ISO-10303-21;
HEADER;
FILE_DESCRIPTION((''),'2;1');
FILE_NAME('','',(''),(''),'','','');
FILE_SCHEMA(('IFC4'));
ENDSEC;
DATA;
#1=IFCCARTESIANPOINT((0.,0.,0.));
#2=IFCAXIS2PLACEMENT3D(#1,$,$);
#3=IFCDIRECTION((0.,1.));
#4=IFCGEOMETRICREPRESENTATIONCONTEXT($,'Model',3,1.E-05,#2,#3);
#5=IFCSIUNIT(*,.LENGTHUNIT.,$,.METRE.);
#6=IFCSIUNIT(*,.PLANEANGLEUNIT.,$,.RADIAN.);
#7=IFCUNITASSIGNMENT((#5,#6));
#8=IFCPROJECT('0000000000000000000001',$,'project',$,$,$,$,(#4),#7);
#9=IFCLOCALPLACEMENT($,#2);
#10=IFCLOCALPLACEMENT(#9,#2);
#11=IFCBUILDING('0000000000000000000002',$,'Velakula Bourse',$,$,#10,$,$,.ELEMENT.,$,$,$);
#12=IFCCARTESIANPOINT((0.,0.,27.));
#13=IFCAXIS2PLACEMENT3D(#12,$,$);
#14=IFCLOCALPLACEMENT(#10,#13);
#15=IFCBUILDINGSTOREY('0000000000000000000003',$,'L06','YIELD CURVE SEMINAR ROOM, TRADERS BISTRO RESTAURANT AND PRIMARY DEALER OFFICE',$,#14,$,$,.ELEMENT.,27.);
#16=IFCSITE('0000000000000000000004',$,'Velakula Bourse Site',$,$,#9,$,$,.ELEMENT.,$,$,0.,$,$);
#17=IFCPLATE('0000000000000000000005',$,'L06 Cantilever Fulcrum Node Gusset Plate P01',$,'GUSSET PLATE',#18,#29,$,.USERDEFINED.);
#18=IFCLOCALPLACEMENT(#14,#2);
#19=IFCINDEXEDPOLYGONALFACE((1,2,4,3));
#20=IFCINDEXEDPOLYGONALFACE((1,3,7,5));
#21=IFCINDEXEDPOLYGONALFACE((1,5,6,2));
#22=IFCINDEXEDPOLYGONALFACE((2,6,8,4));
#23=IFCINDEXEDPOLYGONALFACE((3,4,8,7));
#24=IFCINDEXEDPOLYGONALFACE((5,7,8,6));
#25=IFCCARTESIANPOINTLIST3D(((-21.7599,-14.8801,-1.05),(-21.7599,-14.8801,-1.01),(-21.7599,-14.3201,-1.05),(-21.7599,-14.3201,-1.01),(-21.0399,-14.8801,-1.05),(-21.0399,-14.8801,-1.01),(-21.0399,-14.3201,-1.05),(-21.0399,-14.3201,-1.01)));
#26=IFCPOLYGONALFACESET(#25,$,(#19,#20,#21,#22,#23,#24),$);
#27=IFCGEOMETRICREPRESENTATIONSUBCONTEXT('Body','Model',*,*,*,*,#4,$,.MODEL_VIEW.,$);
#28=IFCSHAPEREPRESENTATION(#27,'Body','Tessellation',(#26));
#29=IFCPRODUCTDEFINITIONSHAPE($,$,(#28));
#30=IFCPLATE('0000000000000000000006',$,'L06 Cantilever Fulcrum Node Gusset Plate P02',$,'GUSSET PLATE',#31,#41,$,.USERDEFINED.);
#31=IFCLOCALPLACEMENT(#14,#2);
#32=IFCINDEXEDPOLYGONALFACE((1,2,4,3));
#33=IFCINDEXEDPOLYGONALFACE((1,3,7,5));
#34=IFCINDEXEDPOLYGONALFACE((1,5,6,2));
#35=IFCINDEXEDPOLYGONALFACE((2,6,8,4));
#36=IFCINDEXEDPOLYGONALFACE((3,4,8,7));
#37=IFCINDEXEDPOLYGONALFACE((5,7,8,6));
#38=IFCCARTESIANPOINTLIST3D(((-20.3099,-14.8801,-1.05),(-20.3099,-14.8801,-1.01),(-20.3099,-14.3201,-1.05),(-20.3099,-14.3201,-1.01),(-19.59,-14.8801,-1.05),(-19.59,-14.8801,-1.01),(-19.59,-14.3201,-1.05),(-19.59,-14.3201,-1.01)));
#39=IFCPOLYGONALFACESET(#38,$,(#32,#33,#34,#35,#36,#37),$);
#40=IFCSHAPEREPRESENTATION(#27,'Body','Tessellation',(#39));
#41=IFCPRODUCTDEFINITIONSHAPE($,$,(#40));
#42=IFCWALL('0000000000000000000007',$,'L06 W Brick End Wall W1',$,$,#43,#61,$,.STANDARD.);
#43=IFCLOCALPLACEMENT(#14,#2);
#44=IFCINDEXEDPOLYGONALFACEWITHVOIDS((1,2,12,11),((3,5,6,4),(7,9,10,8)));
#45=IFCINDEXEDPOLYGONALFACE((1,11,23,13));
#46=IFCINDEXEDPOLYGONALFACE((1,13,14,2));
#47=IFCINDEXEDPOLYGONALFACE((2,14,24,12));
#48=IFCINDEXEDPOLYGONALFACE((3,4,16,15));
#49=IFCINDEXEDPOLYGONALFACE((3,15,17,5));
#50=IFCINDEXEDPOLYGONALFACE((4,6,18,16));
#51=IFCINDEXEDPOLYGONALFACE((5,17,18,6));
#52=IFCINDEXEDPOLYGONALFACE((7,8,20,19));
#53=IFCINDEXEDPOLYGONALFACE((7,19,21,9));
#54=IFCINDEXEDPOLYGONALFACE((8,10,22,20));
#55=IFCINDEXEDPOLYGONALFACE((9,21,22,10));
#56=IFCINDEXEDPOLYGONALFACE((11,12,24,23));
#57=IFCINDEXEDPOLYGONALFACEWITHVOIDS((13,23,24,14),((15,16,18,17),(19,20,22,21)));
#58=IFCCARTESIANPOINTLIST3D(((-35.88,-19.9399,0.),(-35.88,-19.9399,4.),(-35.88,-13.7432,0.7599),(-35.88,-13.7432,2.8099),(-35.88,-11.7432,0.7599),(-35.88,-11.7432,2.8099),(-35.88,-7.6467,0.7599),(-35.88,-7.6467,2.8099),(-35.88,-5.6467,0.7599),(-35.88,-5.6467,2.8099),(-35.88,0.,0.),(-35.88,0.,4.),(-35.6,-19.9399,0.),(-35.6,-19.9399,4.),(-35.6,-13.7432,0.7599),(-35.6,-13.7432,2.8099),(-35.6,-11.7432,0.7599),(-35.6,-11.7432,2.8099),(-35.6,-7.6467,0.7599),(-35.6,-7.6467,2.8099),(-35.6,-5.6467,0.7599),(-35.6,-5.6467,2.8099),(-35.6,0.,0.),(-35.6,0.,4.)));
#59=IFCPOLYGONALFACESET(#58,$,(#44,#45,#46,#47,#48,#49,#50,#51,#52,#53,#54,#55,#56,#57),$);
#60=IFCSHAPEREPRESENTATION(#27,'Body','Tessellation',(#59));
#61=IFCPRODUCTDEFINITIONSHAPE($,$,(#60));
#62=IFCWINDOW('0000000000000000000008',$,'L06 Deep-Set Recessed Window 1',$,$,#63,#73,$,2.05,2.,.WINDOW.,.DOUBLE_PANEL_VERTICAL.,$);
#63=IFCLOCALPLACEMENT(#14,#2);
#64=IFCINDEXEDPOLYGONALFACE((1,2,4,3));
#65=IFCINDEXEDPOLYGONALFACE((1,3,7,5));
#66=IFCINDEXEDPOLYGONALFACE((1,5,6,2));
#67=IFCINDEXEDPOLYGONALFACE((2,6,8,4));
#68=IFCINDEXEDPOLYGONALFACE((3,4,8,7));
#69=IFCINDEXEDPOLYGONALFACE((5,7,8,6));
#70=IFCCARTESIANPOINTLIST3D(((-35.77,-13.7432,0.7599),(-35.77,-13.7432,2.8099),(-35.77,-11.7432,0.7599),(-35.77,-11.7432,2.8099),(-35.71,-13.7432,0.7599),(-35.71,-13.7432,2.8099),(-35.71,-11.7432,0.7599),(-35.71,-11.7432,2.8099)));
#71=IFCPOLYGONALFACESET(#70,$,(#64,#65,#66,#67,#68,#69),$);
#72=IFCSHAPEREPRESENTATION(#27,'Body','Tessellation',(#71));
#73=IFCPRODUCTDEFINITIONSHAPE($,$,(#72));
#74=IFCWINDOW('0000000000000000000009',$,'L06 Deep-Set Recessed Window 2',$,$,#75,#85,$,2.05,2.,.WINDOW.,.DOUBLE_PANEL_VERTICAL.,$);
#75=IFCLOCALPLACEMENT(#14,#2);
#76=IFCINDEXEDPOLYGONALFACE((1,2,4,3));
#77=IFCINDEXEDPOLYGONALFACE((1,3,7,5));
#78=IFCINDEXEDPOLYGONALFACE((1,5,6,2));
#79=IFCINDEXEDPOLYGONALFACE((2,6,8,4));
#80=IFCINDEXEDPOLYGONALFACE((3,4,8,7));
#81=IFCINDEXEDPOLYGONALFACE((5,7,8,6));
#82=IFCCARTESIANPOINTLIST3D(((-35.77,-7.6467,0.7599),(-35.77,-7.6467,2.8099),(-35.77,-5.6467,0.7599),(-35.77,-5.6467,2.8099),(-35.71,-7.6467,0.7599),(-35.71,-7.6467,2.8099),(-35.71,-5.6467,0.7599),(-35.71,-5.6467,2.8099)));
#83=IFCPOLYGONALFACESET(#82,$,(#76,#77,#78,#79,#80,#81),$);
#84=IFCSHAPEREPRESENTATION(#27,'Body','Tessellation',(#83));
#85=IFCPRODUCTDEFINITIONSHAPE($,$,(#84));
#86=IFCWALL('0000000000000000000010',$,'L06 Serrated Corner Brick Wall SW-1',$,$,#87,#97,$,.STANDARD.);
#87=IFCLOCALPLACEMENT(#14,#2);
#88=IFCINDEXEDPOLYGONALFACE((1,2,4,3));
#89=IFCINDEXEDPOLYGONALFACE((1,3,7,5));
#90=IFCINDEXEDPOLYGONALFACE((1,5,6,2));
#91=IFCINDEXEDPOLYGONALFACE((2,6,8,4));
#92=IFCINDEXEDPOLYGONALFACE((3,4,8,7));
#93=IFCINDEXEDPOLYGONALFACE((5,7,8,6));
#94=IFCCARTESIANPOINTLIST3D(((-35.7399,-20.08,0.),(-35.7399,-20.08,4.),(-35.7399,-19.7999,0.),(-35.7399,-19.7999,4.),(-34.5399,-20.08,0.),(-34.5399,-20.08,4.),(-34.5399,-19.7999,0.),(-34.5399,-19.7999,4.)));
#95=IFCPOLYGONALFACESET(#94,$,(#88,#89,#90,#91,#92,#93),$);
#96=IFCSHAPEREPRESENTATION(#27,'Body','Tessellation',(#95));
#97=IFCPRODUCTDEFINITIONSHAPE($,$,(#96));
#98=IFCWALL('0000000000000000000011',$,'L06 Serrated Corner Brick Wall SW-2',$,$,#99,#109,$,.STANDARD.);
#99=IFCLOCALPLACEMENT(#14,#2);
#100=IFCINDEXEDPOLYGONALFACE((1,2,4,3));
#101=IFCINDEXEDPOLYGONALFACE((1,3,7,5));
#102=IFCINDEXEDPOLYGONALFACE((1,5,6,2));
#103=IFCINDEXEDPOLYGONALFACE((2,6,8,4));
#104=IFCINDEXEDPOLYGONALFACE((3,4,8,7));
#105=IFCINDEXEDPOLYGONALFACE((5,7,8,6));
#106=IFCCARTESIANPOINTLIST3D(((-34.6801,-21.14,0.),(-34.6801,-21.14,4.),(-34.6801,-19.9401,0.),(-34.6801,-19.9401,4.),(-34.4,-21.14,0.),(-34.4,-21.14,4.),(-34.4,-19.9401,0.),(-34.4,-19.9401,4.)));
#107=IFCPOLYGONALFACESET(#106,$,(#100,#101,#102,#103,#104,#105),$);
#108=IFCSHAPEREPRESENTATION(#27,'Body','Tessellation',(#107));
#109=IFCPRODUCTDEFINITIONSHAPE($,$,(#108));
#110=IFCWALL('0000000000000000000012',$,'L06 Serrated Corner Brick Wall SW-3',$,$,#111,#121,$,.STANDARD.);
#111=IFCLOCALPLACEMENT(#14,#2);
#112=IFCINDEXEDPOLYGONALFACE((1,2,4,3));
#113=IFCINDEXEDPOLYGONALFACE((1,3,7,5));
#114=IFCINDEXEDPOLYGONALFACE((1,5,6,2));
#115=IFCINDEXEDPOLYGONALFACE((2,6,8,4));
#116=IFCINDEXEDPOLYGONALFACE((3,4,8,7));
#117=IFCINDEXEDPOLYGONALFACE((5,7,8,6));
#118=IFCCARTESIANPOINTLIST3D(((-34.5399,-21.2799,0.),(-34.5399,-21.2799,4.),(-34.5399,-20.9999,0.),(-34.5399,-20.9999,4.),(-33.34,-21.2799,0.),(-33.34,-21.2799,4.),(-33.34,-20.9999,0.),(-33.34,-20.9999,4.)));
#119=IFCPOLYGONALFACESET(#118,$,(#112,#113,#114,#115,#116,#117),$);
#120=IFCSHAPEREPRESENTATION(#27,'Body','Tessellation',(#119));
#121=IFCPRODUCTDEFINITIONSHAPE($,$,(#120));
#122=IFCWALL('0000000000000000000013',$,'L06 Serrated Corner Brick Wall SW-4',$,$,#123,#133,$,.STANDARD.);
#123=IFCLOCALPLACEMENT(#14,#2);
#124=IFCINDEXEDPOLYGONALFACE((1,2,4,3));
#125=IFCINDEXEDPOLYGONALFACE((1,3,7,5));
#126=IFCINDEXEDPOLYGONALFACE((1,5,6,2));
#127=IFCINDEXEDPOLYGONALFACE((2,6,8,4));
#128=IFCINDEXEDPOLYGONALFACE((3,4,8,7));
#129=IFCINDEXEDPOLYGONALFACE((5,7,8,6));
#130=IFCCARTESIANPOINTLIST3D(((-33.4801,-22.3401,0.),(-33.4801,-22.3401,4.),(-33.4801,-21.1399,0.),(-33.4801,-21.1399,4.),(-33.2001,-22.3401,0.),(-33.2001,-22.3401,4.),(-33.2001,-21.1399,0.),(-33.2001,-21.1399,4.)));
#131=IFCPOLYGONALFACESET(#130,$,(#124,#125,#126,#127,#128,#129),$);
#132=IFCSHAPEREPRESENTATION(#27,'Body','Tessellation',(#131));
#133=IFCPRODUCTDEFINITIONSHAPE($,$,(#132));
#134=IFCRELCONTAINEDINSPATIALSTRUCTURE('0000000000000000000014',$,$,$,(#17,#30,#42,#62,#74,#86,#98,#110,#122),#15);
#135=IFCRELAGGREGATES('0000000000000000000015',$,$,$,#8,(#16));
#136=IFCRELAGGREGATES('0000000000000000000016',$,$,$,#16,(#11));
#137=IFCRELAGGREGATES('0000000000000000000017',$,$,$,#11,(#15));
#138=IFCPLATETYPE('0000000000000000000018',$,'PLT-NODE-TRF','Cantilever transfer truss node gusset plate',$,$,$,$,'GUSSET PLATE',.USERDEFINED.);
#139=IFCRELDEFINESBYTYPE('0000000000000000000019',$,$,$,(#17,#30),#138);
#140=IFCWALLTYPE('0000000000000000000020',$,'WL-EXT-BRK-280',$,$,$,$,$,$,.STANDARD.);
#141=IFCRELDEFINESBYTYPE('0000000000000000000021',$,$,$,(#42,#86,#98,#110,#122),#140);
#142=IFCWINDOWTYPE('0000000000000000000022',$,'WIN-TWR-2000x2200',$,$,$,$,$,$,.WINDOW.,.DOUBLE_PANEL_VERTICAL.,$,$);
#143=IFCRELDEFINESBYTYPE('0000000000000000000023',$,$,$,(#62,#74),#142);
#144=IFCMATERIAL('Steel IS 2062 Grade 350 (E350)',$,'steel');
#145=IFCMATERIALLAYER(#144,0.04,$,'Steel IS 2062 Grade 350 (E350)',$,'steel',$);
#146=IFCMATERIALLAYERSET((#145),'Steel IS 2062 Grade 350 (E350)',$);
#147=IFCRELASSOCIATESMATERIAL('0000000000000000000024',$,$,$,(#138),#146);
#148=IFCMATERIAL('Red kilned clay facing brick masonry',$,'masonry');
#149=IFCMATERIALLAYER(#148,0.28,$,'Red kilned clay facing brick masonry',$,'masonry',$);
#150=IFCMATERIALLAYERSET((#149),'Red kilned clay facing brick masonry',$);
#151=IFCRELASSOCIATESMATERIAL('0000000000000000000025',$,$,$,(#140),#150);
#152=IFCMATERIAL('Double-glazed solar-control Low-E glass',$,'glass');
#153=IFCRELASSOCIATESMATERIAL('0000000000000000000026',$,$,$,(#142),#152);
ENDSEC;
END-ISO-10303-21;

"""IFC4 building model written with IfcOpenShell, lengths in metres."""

from ifc_helpers import new_model, si_unit, direction, frame, frame_2d, origin, origin_2d, place, context, subcontext, project, spatial, rectangle, extrude, material, layer, layer_set, type_object, element, fill, save


model = new_model("IFC4")

# Units and contexts
model_context = context("Model", 3, precision=1e-05, world=origin(), true_north=direction((0.0, 1.0)))
body_context = subcontext(model_context, "Body", "Model", "MODEL_VIEW")
ifc_project = project(units=[si_unit("LENGTHUNIT", "METRE"), si_unit("PLANEANGLEUNIT", "RADIAN")], contexts=[model_context])

# Site, building, storey
site_placement = place(None, origin())
site = spatial("IfcSite", under=ifc_project, at=site_placement, Name="Velakula Bourse Site", CompositionType="ELEMENT", RefElevation=0.0)
building_placement = place(site_placement, origin())
building = spatial("IfcBuilding", under=site, at=building_placement, Name="Velakula Bourse", CompositionType="ELEMENT")
storey_placement = place(building_placement, frame((0.0, 0.0, 27.0)))
storey = spatial("IfcBuildingStorey", under=building, at=storey_placement, Name="L06", Description="YIELD CURVE SEMINAR ROOM, TRADERS BISTRO RESTAURANT AND PRIMARY DEALER OFFICE", CompositionType="ELEMENT", Elevation=27.0)

# Shared definitions
ifc_material_1 = material(Name="Steel IS 2062 Grade 350 (E350)", Category="steel")

# Plates
ifc_layer_1 = layer(ifc_material_1, 0.04, Name="Steel IS 2062 Grade 350 (E350)", Category="steel")
ifc_layer_set_1 = layer_set([ifc_layer_1], Name="Steel IS 2062 Grade 350 (E350)")
plate_type = type_object("IfcPlateType", Name="PLT-NODE-TRF", Description="Cantilever transfer truss node gusset plate", ElementType="GUSSET PLATE", PredefinedType="USERDEFINED", material=ifc_layer_set_1)
for number, where, z_axis, x_axis, name in (
    (1, (-21.3999, -14.6001, -1.05), (0.0, 0.0, 1.0), (0.0, 1.0, 0.0), "L06 Cantilever Fulcrum Node Gusset Plate P01"),
    (2, (-19.95, -14.6001, -1.05), (0.0, 0.0, 1.0), (0.0, 1.0, 0.0), "L06 Cantilever Fulcrum Node Gusset Plate P02"),
):
    element("IfcPlate", number, at=place(storey_placement, frame(where, z_axis=z_axis, x_axis=x_axis)), inside=storey, type_object=plate_type, Name=name, ObjectType="GUSSET PLATE", PredefinedType="USERDEFINED", context=body_context, shape_type="SweptSolid", body=[
        extrude(rectangle(XDim=0.5601, YDim=0.72, at=origin_2d()), origin(), (0.0, 0.0, 1.0), 0.04),
    ])

# Wall, openings, windows
ifc_material_2 = material(Name="Red kilned clay facing brick masonry", Category="masonry")
ifc_layer_2 = layer(ifc_material_2, 0.28, Name="Red kilned clay facing brick masonry", Category="masonry")
ifc_layer_set_2 = layer_set([ifc_layer_2], Name="Red kilned clay facing brick masonry")
wall_type = type_object("IfcWallType", Name="WL-EXT-BRK-280", PredefinedType="STANDARD", material=ifc_layer_set_2)
wall_1_placement = place(storey_placement, frame((-35.74, -19.9399, 0.0), z_axis=(0.0, 0.0, 1.0), x_axis=(0.0, 1.0, 0.0)))
wall_1 = element("IfcWall", 3, at=wall_1_placement, inside=storey, type_object=wall_type, Name="L06 W Brick End Wall W1", PredefinedType="STANDARD", context=body_context, shape_type="SweptSolid", body=[
    extrude(rectangle(XDim=19.9399, YDim=0.28, at=frame_2d((9.97, 0.0))), origin(), (0.0, 0.0, 1.0), 4.0),
])
opening_1_placement = place(wall_1_placement, frame((6.1968, 0.0, 0.76)))
opening_1 = element("IfcOpeningElement", 4, at=opening_1_placement, cuts=wall_1, PredefinedType="OPENING", context=body_context, shape_type="SweptSolid", body=[
    extrude(rectangle(XDim=2.0, YDim=2.05, at=frame_2d((1.0, 1.0249))), frame((0.0, 0.1499, 0.0), z_axis=(0.0, -1.0, 0.0), x_axis=(1.0, 0.0, 0.0)), (0.0, 0.0, 1.0), 0.3),
])
opening_2_placement = place(wall_1_placement, frame((12.2932, 0.0, 0.76)))
opening_2 = element("IfcOpeningElement", 5, at=opening_2_placement, cuts=wall_1, PredefinedType="OPENING", context=body_context, shape_type="SweptSolid", body=[
    extrude(rectangle(XDim=2.0, YDim=2.05, at=frame_2d((1.0, 1.0249))), frame((0.0, 0.1499, 0.0), z_axis=(0.0, -1.0, 0.0), x_axis=(1.0, 0.0, 0.0)), (0.0, 0.0, 1.0), 0.3),
])
ifc_material_3 = material(Name="Double-glazed solar-control Low-E glass", Category="glass")
window_type = type_object("IfcWindowType", Name="WIN-TWR-2000x2200", PartitioningType="DOUBLE_PANEL_VERTICAL", PredefinedType="WINDOW", material=ifc_material_3)
window_1_placement = place(opening_1_placement, origin())
window_1 = element("IfcWindow", 6, at=window_1_placement, inside=storey, type_object=window_type, Name="L06 Deep-Set Recessed Window 1", OverallHeight=2.05, OverallWidth=2.0, PartitioningType="DOUBLE_PANEL_VERTICAL", PredefinedType="WINDOW", context=body_context, shape_type="SweptSolid", body=[
    extrude(rectangle(XDim=2.0, YDim=2.05, at=frame_2d((1.0, 1.0249))), frame((0.0, 0.03, 0.0), z_axis=(0.0, -1.0, 0.0), x_axis=(1.0, 0.0, 0.0)), (0.0, 0.0, 1.0), 0.0601),
])
fill(opening_1, window_1)
window_2_placement = place(opening_2_placement, origin())
window_2 = element("IfcWindow", 7, at=window_2_placement, inside=storey, type_object=window_type, Name="L06 Deep-Set Recessed Window 2", OverallHeight=2.05, OverallWidth=2.0, PartitioningType="DOUBLE_PANEL_VERTICAL", PredefinedType="WINDOW", context=body_context, shape_type="SweptSolid", body=[
    extrude(rectangle(XDim=2.0, YDim=2.05, at=frame_2d((1.0, 1.0249))), frame((0.0, 0.03, 0.0), z_axis=(0.0, -1.0, 0.0), x_axis=(1.0, 0.0, 0.0)), (0.0, 0.0, 1.0), 0.0601),
])
fill(opening_2, window_2)

# Walls
for number, where, z_axis, x_axis, name in (
    (8, (-35.74, -19.9399, 0.0), (0.0, 0.0, 1.0), (1.0, 0.0, 0.0), "L06 Serrated Corner Brick Wall SW-1"),
    (9, (-34.54, -19.9399, 0.0), (0.0, 0.0, 1.0), (0.0, -1.0, 0.0), "L06 Serrated Corner Brick Wall SW-2"),
    (10, (-34.54, -21.1399, 0.0), (0.0, 0.0, 1.0), (1.0, 0.0, 0.0), "L06 Serrated Corner Brick Wall SW-3"),
):
    element("IfcWall", number, at=place(storey_placement, frame(where, z_axis=z_axis, x_axis=x_axis)), inside=storey, type_object=wall_type, Name=name, PredefinedType="STANDARD", context=body_context, shape_type="SweptSolid", body=[
        extrude(rectangle(XDim=1.2, YDim=0.28, at=frame_2d((0.6001, 0.0))), origin(), (0.0, 0.0, 1.0), 4.0),
    ])
wall_2_placement = place(storey_placement, frame((-33.3401, -21.1399, 0.0), z_axis=(0.0, 0.0, 1.0), x_axis=(0.0, -1.0, 0.0)))
element("IfcWall", 11, at=wall_2_placement, inside=storey, type_object=wall_type, Name="L06 Serrated Corner Brick Wall SW-4", PredefinedType="STANDARD", context=body_context, shape_type="SweptSolid", body=[
    extrude(rectangle(XDim=1.2002, YDim=0.28, at=frame_2d((0.6001, 0.0))), origin(), (0.0, 0.0, 1.0), 4.0),
])

save(model, "model.ifc")
